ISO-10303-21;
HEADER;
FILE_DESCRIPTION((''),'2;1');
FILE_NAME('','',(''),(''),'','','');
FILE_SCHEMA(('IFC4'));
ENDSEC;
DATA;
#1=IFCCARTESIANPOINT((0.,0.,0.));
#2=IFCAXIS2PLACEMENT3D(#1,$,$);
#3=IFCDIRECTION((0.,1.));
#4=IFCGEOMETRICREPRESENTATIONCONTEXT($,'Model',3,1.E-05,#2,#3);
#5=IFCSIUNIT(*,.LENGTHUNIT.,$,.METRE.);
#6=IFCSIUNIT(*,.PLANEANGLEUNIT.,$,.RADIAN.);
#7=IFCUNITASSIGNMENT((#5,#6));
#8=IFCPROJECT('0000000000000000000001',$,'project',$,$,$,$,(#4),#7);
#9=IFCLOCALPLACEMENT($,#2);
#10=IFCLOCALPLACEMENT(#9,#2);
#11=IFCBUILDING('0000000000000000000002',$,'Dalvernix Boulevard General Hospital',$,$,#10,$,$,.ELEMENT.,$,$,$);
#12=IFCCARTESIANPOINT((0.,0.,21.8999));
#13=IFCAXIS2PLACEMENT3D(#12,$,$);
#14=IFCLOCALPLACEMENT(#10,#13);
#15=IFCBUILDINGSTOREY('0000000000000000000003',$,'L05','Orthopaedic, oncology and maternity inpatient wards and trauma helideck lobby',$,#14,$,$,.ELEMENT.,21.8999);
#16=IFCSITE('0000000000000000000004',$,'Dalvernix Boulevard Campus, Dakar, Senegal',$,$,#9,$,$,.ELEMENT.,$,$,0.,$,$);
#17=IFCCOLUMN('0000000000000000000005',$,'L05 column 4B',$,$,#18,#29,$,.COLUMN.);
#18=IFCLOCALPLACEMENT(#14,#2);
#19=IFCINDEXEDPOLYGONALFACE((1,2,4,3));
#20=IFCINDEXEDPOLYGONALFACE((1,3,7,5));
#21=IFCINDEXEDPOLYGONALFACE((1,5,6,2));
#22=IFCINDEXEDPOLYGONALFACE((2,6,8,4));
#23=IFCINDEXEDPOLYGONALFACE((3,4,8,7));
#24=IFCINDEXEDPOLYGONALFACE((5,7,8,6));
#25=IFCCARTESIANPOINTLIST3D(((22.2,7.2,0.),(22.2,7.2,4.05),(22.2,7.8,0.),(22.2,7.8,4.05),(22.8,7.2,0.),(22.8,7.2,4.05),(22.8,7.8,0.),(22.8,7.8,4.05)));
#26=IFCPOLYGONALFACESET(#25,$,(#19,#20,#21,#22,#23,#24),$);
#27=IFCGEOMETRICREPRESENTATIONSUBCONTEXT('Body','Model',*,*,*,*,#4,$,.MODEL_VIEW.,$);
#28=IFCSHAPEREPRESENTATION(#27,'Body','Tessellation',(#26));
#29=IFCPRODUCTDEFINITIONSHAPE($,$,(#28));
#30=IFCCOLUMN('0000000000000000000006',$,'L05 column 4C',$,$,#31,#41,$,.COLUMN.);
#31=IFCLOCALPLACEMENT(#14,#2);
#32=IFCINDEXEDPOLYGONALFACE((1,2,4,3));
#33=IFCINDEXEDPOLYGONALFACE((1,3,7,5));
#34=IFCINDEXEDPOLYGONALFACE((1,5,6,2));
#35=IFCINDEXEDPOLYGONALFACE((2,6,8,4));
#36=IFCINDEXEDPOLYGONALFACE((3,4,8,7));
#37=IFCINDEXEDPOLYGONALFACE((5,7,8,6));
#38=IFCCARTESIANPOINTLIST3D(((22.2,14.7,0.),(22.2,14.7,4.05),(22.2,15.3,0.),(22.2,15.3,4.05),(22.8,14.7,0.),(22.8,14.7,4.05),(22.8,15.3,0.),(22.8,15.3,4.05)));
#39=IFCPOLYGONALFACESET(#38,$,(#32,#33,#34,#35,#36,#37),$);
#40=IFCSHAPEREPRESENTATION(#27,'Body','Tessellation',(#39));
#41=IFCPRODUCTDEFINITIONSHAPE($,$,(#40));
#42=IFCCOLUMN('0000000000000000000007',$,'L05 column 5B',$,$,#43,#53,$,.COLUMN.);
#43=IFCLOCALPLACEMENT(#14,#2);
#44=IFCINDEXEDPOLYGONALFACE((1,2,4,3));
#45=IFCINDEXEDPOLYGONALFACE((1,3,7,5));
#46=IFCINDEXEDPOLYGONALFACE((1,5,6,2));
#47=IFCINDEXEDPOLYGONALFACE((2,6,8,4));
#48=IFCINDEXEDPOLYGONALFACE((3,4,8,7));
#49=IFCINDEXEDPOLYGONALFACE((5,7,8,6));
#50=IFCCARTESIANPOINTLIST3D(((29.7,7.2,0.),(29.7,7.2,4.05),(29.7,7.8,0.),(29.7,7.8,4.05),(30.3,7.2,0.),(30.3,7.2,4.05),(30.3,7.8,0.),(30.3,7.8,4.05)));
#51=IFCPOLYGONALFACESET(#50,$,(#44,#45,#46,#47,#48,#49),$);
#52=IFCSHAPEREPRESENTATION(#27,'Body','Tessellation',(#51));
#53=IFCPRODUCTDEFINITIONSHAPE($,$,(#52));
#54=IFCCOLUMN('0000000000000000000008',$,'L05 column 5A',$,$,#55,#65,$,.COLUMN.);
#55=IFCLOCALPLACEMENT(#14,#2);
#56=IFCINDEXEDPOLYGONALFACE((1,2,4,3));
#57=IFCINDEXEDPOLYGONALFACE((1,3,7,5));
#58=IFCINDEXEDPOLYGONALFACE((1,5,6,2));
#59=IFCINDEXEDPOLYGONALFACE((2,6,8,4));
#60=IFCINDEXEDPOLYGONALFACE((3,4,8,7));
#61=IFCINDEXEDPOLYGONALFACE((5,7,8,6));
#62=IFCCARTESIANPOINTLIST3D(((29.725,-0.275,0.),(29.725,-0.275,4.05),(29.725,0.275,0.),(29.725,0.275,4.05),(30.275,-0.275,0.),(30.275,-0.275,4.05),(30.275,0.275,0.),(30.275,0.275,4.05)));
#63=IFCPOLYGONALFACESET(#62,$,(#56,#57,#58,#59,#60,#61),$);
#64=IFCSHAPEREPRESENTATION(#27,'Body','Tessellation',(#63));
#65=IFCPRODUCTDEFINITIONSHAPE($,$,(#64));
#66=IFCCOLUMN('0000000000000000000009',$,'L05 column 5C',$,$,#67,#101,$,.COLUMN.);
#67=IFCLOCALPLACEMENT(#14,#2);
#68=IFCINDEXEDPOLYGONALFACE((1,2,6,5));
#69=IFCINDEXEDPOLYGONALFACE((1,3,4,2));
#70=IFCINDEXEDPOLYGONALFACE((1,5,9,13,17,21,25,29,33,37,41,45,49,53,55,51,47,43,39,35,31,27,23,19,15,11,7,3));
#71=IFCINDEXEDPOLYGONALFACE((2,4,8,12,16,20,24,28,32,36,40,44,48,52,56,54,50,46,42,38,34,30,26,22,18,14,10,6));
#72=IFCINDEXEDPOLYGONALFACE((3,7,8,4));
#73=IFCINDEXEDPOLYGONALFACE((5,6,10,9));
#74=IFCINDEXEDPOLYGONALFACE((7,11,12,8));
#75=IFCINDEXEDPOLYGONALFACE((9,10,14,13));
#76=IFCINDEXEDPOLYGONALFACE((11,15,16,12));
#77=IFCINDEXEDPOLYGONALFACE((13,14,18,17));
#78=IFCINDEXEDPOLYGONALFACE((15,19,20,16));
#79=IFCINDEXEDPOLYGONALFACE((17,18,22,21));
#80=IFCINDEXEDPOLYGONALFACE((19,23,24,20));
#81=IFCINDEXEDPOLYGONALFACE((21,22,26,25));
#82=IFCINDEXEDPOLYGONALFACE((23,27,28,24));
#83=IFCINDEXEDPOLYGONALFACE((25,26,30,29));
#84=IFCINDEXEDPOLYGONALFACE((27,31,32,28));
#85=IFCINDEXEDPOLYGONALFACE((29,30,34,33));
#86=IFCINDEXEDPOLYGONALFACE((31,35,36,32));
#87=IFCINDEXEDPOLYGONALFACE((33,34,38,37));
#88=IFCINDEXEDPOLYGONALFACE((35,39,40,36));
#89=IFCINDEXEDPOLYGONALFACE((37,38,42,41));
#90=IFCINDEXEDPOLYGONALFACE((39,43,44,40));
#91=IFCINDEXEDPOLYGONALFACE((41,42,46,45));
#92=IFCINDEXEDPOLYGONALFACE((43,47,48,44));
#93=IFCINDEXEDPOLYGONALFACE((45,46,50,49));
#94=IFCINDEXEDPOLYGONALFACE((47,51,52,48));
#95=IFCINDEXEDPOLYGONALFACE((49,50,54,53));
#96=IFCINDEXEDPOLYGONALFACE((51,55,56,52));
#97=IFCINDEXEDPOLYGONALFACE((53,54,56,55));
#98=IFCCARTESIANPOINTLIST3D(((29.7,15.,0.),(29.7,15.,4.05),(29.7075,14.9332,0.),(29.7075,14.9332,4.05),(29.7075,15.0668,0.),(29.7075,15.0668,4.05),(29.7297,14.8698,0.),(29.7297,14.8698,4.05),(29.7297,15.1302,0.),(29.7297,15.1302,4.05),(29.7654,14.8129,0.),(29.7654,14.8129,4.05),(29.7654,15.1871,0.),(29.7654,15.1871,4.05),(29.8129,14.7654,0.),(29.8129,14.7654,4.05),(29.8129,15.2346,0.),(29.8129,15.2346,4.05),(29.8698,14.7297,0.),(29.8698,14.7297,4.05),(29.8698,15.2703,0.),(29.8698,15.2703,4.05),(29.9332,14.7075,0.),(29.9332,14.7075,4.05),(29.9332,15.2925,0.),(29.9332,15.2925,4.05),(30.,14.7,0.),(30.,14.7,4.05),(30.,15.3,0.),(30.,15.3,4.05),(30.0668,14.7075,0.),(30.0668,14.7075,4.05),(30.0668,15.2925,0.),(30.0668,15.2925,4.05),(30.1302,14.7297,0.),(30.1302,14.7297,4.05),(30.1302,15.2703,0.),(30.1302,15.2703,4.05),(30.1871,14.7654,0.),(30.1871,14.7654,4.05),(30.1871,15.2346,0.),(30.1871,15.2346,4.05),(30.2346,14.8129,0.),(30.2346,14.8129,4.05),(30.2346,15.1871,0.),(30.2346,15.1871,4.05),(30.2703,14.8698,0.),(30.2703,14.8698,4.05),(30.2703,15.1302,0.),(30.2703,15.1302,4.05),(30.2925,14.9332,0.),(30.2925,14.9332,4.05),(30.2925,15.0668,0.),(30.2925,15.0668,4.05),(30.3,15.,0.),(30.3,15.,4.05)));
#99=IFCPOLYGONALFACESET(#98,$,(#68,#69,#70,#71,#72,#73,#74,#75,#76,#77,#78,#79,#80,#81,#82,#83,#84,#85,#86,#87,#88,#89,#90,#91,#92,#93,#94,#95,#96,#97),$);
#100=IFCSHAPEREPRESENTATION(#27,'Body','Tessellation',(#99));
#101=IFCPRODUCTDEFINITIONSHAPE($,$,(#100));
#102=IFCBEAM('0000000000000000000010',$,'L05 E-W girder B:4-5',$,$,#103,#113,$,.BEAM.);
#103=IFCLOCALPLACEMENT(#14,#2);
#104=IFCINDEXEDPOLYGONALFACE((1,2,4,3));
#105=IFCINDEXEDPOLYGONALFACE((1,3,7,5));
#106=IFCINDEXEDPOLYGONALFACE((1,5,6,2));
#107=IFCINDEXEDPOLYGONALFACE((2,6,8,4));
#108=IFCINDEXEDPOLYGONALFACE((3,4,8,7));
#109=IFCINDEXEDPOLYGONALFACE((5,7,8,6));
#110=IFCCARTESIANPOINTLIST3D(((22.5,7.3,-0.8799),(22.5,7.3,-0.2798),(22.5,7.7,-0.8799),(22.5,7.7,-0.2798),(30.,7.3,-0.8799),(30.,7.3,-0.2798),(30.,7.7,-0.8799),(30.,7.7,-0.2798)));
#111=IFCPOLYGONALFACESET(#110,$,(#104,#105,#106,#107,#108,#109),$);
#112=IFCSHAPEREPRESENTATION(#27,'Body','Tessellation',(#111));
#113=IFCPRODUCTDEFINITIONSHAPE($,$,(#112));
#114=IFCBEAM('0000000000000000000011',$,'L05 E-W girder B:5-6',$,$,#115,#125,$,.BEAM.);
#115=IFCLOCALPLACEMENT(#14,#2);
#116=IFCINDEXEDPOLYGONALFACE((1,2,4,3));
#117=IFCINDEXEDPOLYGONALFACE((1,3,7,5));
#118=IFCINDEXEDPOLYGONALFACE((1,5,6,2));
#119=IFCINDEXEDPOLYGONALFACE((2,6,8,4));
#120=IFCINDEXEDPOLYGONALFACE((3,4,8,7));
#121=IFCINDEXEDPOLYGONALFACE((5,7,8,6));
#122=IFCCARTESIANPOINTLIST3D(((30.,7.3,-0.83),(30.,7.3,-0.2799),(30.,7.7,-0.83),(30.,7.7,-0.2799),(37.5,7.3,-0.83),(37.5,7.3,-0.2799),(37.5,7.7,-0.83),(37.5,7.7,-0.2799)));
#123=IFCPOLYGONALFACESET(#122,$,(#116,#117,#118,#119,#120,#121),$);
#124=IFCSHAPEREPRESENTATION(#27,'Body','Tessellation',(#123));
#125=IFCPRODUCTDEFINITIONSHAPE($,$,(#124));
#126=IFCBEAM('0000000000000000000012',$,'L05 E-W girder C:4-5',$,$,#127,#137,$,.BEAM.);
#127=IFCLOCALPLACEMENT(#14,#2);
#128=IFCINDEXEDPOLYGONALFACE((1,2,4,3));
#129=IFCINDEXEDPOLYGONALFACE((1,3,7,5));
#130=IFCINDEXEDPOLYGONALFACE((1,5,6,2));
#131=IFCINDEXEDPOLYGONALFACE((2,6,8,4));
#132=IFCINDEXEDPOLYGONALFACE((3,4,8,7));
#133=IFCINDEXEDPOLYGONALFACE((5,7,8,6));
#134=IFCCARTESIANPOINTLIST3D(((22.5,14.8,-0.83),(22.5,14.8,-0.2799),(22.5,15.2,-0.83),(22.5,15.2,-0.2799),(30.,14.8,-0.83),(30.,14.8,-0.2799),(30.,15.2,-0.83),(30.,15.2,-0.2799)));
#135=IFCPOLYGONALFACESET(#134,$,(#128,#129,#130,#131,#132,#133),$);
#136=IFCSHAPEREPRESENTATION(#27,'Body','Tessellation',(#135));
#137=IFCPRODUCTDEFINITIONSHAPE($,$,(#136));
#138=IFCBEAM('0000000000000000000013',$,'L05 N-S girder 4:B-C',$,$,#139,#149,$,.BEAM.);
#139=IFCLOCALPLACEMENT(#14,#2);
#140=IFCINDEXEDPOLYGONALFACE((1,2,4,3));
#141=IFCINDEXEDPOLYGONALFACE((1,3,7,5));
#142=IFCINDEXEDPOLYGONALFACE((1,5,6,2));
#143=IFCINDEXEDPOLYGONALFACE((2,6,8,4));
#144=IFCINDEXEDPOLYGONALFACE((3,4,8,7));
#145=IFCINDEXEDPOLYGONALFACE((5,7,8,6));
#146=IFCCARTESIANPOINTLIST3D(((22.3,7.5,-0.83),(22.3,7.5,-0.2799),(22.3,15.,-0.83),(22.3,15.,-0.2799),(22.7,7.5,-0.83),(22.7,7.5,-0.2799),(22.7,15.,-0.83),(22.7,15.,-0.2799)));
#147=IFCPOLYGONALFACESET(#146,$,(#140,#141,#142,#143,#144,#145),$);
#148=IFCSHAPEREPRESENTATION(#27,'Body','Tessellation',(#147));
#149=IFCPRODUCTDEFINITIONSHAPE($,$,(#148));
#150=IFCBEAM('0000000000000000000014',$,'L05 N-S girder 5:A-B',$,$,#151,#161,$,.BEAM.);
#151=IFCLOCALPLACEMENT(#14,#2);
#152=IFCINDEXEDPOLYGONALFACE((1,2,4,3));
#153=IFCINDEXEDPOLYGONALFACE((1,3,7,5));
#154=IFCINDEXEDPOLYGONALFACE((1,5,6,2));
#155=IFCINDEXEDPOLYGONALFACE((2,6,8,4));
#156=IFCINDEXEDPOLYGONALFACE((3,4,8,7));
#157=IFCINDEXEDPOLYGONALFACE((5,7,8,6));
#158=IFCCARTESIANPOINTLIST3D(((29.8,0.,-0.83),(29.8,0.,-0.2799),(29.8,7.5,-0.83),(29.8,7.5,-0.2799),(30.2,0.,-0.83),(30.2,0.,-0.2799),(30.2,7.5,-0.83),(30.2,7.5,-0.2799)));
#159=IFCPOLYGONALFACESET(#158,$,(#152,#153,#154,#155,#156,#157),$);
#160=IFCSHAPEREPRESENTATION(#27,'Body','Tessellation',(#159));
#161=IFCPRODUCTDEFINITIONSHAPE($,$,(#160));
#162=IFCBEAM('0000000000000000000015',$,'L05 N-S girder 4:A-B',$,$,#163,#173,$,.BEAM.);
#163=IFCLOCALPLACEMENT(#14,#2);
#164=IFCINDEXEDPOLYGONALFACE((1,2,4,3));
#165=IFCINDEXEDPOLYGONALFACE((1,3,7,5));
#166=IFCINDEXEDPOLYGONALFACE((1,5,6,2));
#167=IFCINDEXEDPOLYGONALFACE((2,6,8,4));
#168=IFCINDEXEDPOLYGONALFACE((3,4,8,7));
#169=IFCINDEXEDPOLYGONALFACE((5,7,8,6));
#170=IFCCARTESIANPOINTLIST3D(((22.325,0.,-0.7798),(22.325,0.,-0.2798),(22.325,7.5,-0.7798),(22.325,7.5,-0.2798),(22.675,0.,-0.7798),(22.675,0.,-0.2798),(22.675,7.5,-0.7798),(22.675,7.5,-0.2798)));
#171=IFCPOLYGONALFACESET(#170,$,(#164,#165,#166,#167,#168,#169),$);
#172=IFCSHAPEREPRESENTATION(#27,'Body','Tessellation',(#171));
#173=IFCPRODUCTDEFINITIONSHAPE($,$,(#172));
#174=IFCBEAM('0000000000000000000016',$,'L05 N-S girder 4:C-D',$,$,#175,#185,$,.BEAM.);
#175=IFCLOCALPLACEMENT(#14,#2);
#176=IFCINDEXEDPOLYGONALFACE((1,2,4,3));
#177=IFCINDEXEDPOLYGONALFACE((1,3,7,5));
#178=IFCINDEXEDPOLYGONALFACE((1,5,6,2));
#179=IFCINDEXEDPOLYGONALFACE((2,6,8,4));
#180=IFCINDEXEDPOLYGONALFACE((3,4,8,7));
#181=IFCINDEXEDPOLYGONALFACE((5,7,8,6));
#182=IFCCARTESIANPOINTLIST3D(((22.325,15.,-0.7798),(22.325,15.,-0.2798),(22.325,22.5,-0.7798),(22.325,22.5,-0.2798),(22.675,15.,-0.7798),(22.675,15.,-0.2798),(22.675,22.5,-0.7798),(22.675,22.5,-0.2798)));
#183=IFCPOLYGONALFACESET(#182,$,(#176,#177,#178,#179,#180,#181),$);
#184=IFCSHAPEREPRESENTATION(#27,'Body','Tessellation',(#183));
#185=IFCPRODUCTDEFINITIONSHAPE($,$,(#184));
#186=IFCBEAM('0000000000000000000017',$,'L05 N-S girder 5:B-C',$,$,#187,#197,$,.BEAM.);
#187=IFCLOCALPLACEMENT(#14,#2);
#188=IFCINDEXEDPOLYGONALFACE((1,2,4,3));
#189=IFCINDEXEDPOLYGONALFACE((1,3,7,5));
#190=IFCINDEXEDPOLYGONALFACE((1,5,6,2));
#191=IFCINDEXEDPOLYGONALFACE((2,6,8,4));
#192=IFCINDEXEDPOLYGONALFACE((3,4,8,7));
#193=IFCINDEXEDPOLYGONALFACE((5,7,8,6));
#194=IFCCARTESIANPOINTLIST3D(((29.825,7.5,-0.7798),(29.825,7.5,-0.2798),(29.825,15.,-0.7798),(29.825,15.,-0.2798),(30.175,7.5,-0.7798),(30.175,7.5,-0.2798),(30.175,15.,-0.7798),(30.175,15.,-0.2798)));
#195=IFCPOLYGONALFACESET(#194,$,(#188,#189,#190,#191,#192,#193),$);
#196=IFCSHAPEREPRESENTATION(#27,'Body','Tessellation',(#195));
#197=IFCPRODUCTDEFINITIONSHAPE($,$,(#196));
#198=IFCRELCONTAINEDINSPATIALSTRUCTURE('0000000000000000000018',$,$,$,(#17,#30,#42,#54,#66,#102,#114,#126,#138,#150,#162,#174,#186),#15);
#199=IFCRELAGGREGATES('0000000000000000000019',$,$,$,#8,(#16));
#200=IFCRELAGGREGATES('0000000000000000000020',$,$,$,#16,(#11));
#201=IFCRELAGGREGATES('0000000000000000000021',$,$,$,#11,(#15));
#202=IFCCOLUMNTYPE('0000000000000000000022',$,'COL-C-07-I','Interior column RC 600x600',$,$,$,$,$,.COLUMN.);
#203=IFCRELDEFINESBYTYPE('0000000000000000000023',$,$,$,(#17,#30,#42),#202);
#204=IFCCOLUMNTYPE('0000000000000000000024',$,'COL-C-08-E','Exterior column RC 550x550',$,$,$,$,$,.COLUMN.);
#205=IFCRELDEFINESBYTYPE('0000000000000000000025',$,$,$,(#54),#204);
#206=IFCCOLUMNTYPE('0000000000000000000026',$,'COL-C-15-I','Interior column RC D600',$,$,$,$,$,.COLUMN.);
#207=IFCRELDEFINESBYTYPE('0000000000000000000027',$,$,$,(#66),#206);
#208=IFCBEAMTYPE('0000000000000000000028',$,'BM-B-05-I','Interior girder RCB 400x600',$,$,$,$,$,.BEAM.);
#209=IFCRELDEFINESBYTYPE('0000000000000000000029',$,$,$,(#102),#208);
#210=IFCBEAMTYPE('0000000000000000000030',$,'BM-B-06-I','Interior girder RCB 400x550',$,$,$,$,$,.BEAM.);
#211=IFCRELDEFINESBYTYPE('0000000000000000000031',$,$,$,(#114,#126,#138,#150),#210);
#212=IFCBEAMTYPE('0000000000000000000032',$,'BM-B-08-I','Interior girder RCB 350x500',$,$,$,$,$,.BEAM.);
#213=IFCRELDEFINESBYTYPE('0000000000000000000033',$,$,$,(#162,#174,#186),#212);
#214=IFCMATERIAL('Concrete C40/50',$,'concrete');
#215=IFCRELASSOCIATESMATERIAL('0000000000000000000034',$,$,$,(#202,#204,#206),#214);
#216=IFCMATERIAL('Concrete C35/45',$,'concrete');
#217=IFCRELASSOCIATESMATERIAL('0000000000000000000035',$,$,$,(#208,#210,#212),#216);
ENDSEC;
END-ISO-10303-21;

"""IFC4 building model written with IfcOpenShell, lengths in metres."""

from ifc_helpers import new_model, si_unit, direction, frame, origin, origin_2d, place, context, subcontext, project, spatial, rectangle, circle, extrude, material, material_profile, profile_set, type_object, element, save


model = new_model("IFC4")

# Units and contexts
model_context = context("Model", 3, precision=1e-05, world=origin(), true_north=direction((0.0, 1.0)))
body_context = subcontext(model_context, "Body", "Model", "MODEL_VIEW")
ifc_project = project(units=[si_unit("LENGTHUNIT", "METRE"), si_unit("PLANEANGLEUNIT", "RADIAN")], contexts=[model_context])

# Site, building, storey
site_placement = place(None, origin())
site = spatial("IfcSite", under=ifc_project, at=site_placement, Name="Dalvernix Boulevard Campus, Dakar, Senegal", CompositionType="ELEMENT", RefElevation=0.0)
building_placement = place(site_placement, origin())
building = spatial("IfcBuilding", under=site, at=building_placement, Name="Dalvernix Boulevard General Hospital", CompositionType="ELEMENT")
storey_placement = place(building_placement, frame((0.0, 0.0, 21.8999)))
storey = spatial("IfcBuildingStorey", under=building, at=storey_placement, Name="L05", Description="Orthopaedic, oncology and maternity inpatient wards and trauma helideck lobby", CompositionType="ELEMENT", Elevation=21.8999)

# Columns
ifc_material_1 = material(Name="Concrete C40/50", Category="concrete")
ifc_material_profile_1 = material_profile(ifc_material_1, rectangle(XDim=0.6001, YDim=0.6001, at=origin_2d()), Name="RC 600x600")
ifc_profile_set_1 = profile_set([ifc_material_profile_1], Name="Concrete C40/50")
column_type_1 = type_object("IfcColumnType", Name="COL-C-07-I", Description="Interior column RC 600x600", PredefinedType="COLUMN", material=ifc_profile_set_1)
for number, where, z_axis, x_axis, name in (
    (1, (22.5, 7.5, 0.0), (0.0, 0.0, 1.0), (1.0, 0.0, 0.0), "L05 column 4B"),
    (2, (22.5, 15.0, 0.0), (0.0, 0.0, 1.0), (1.0, 0.0, 0.0), "L05 column 4C"),
    (3, (30.0, 7.5, 0.0), (0.0, 0.0, 1.0), (1.0, 0.0, 0.0), "L05 column 5B"),
):
    element("IfcColumn", number, at=place(storey_placement, frame(where, z_axis=z_axis, x_axis=x_axis)), inside=storey, type_object=column_type_1, Name=name, PredefinedType="COLUMN", context=body_context, shape_type="SweptSolid", body=[
        extrude(rectangle(XDim=0.6001, YDim=0.6001, at=origin_2d()), origin(), (0.0, 0.0, 1.0), 4.05),
    ])
ifc_material_profile_2 = material_profile(ifc_material_1, rectangle(XDim=0.55, YDim=0.55, at=origin_2d()), Name="RC 550x550")
ifc_profile_set_2 = profile_set([ifc_material_profile_2], Name="Concrete C40/50")
column_type_2 = type_object("IfcColumnType", Name="COL-C-08-E", Description="Exterior column RC 550x550", PredefinedType="COLUMN", material=ifc_profile_set_2)
column_1_placement = place(storey_placement, frame((30.0, 0.0, 0.0), z_axis=(0.0, 0.0, 1.0), x_axis=(1.0, 0.0, 0.0)))
element("IfcColumn", 4, at=column_1_placement, inside=storey, type_object=column_type_2, Name="L05 column 5A", PredefinedType="COLUMN", context=body_context, shape_type="SweptSolid", body=[
    extrude(rectangle(XDim=0.55, YDim=0.55, at=origin_2d()), origin(), (0.0, 0.0, 1.0), 4.05),
])
ifc_material_profile_3 = material_profile(ifc_material_1, circle(Radius=0.3, at=origin_2d()), Name="RC D600")
ifc_profile_set_3 = profile_set([ifc_material_profile_3], Name="Concrete C40/50")
column_type_3 = type_object("IfcColumnType", Name="COL-C-15-I", Description="Interior column RC D600", PredefinedType="COLUMN", material=ifc_profile_set_3)
column_2_placement = place(storey_placement, frame((30.0, 15.0, 0.0), z_axis=(0.0, 0.0, 1.0), x_axis=(1.0, 0.0, 0.0)))
element("IfcColumn", 5, at=column_2_placement, inside=storey, type_object=column_type_3, Name="L05 column 5C", PredefinedType="COLUMN", context=body_context, shape_type="SweptSolid", body=[
    extrude(circle(Radius=0.3, at=origin_2d()), origin(), (0.0, 0.0, 1.0), 4.05),
])

# Beams
ifc_material_2 = material(Name="Concrete C35/45", Category="concrete")
ifc_material_profile_4 = material_profile(ifc_material_2, rectangle(XDim=0.3999, YDim=0.6001, at=origin_2d()), Name="RCB 400x600")
ifc_profile_set_4 = profile_set([ifc_material_profile_4], Name="Concrete C35/45")
beam_type_1 = type_object("IfcBeamType", Name="BM-B-05-I", Description="Interior girder RCB 400x600", PredefinedType="BEAM", material=ifc_profile_set_4)
beam_1_placement = place(storey_placement, frame((22.5, 7.5, -0.5798), z_axis=(1.0, 0.0, 0.0), x_axis=(0.0, 1.0, 0.0)))
element("IfcBeam", 6, at=beam_1_placement, inside=storey, type_object=beam_type_1, Name="L05 E-W girder B:4-5", PredefinedType="BEAM", context=body_context, shape_type="SweptSolid", body=[
    extrude(rectangle(XDim=0.3999, YDim=0.6001, at=origin_2d()), origin(), (0.0, 0.0, 1.0), 7.5),
])
ifc_material_profile_5 = material_profile(ifc_material_2, rectangle(XDim=0.3999, YDim=0.55, at=origin_2d()), Name="RCB 400x550")
ifc_profile_set_5 = profile_set([ifc_material_profile_5], Name="Concrete C35/45")
beam_type_2 = type_object("IfcBeamType", Name="BM-B-06-I", Description="Interior girder RCB 400x550", PredefinedType="BEAM", material=ifc_profile_set_5)
for number, where, z_axis, x_axis, name in (
    (7, (30.0, 7.5, -0.5549), (1.0, 0.0, 0.0), (0.0, 1.0, 0.0), "L05 E-W girder B:5-6"),
    (8, (22.5, 15.0, -0.5549), (1.0, 0.0, 0.0), (0.0, 1.0, 0.0), "L05 E-W girder C:4-5"),
    (9, (22.5, 7.5, -0.5549), (0.0, 1.0, 0.0), (-1.0, 0.0, 0.0), "L05 N-S girder 4:B-C"),
    (10, (30.0, 0.0, -0.5549), (0.0, 1.0, 0.0), (-1.0, 0.0, 0.0), "L05 N-S girder 5:A-B"),
):
    element("IfcBeam", number, at=place(storey_placement, frame(where, z_axis=z_axis, x_axis=x_axis)), inside=storey, type_object=beam_type_2, Name=name, PredefinedType="BEAM", context=body_context, shape_type="SweptSolid", body=[
        extrude(rectangle(XDim=0.3999, YDim=0.55, at=origin_2d()), origin(), (0.0, 0.0, 1.0), 7.5),
    ])
ifc_material_profile_6 = material_profile(ifc_material_2, rectangle(XDim=0.3501, YDim=0.5, at=origin_2d()), Name="RCB 350x500")
ifc_profile_set_6 = profile_set([ifc_material_profile_6], Name="Concrete C35/45")
beam_type_3 = type_object("IfcBeamType", Name="BM-B-08-I", Description="Interior girder RCB 350x500", PredefinedType="BEAM", material=ifc_profile_set_6)
for number, where, z_axis, x_axis, name in (
    (11, (22.5, 0.0, -0.5298), (0.0, 1.0, 0.0), (-1.0, 0.0, 0.0), "L05 N-S girder 4:A-B"),
    (12, (22.5, 15.0, -0.5298), (0.0, 1.0, 0.0), (-1.0, 0.0, 0.0), "L05 N-S girder 4:C-D"),
    (13, (30.0, 7.5, -0.5298), (0.0, 1.0, 0.0), (-1.0, 0.0, 0.0), "L05 N-S girder 5:B-C"),
):
    element("IfcBeam", number, at=place(storey_placement, frame(where, z_axis=z_axis, x_axis=x_axis)), inside=storey, type_object=beam_type_3, Name=name, PredefinedType="BEAM", context=body_context, shape_type="SweptSolid", body=[
        extrude(rectangle(XDim=0.3501, YDim=0.5, at=origin_2d()), origin(), (0.0, 0.0, 1.0), 7.5),
    ])

save(model, "model.ifc")
